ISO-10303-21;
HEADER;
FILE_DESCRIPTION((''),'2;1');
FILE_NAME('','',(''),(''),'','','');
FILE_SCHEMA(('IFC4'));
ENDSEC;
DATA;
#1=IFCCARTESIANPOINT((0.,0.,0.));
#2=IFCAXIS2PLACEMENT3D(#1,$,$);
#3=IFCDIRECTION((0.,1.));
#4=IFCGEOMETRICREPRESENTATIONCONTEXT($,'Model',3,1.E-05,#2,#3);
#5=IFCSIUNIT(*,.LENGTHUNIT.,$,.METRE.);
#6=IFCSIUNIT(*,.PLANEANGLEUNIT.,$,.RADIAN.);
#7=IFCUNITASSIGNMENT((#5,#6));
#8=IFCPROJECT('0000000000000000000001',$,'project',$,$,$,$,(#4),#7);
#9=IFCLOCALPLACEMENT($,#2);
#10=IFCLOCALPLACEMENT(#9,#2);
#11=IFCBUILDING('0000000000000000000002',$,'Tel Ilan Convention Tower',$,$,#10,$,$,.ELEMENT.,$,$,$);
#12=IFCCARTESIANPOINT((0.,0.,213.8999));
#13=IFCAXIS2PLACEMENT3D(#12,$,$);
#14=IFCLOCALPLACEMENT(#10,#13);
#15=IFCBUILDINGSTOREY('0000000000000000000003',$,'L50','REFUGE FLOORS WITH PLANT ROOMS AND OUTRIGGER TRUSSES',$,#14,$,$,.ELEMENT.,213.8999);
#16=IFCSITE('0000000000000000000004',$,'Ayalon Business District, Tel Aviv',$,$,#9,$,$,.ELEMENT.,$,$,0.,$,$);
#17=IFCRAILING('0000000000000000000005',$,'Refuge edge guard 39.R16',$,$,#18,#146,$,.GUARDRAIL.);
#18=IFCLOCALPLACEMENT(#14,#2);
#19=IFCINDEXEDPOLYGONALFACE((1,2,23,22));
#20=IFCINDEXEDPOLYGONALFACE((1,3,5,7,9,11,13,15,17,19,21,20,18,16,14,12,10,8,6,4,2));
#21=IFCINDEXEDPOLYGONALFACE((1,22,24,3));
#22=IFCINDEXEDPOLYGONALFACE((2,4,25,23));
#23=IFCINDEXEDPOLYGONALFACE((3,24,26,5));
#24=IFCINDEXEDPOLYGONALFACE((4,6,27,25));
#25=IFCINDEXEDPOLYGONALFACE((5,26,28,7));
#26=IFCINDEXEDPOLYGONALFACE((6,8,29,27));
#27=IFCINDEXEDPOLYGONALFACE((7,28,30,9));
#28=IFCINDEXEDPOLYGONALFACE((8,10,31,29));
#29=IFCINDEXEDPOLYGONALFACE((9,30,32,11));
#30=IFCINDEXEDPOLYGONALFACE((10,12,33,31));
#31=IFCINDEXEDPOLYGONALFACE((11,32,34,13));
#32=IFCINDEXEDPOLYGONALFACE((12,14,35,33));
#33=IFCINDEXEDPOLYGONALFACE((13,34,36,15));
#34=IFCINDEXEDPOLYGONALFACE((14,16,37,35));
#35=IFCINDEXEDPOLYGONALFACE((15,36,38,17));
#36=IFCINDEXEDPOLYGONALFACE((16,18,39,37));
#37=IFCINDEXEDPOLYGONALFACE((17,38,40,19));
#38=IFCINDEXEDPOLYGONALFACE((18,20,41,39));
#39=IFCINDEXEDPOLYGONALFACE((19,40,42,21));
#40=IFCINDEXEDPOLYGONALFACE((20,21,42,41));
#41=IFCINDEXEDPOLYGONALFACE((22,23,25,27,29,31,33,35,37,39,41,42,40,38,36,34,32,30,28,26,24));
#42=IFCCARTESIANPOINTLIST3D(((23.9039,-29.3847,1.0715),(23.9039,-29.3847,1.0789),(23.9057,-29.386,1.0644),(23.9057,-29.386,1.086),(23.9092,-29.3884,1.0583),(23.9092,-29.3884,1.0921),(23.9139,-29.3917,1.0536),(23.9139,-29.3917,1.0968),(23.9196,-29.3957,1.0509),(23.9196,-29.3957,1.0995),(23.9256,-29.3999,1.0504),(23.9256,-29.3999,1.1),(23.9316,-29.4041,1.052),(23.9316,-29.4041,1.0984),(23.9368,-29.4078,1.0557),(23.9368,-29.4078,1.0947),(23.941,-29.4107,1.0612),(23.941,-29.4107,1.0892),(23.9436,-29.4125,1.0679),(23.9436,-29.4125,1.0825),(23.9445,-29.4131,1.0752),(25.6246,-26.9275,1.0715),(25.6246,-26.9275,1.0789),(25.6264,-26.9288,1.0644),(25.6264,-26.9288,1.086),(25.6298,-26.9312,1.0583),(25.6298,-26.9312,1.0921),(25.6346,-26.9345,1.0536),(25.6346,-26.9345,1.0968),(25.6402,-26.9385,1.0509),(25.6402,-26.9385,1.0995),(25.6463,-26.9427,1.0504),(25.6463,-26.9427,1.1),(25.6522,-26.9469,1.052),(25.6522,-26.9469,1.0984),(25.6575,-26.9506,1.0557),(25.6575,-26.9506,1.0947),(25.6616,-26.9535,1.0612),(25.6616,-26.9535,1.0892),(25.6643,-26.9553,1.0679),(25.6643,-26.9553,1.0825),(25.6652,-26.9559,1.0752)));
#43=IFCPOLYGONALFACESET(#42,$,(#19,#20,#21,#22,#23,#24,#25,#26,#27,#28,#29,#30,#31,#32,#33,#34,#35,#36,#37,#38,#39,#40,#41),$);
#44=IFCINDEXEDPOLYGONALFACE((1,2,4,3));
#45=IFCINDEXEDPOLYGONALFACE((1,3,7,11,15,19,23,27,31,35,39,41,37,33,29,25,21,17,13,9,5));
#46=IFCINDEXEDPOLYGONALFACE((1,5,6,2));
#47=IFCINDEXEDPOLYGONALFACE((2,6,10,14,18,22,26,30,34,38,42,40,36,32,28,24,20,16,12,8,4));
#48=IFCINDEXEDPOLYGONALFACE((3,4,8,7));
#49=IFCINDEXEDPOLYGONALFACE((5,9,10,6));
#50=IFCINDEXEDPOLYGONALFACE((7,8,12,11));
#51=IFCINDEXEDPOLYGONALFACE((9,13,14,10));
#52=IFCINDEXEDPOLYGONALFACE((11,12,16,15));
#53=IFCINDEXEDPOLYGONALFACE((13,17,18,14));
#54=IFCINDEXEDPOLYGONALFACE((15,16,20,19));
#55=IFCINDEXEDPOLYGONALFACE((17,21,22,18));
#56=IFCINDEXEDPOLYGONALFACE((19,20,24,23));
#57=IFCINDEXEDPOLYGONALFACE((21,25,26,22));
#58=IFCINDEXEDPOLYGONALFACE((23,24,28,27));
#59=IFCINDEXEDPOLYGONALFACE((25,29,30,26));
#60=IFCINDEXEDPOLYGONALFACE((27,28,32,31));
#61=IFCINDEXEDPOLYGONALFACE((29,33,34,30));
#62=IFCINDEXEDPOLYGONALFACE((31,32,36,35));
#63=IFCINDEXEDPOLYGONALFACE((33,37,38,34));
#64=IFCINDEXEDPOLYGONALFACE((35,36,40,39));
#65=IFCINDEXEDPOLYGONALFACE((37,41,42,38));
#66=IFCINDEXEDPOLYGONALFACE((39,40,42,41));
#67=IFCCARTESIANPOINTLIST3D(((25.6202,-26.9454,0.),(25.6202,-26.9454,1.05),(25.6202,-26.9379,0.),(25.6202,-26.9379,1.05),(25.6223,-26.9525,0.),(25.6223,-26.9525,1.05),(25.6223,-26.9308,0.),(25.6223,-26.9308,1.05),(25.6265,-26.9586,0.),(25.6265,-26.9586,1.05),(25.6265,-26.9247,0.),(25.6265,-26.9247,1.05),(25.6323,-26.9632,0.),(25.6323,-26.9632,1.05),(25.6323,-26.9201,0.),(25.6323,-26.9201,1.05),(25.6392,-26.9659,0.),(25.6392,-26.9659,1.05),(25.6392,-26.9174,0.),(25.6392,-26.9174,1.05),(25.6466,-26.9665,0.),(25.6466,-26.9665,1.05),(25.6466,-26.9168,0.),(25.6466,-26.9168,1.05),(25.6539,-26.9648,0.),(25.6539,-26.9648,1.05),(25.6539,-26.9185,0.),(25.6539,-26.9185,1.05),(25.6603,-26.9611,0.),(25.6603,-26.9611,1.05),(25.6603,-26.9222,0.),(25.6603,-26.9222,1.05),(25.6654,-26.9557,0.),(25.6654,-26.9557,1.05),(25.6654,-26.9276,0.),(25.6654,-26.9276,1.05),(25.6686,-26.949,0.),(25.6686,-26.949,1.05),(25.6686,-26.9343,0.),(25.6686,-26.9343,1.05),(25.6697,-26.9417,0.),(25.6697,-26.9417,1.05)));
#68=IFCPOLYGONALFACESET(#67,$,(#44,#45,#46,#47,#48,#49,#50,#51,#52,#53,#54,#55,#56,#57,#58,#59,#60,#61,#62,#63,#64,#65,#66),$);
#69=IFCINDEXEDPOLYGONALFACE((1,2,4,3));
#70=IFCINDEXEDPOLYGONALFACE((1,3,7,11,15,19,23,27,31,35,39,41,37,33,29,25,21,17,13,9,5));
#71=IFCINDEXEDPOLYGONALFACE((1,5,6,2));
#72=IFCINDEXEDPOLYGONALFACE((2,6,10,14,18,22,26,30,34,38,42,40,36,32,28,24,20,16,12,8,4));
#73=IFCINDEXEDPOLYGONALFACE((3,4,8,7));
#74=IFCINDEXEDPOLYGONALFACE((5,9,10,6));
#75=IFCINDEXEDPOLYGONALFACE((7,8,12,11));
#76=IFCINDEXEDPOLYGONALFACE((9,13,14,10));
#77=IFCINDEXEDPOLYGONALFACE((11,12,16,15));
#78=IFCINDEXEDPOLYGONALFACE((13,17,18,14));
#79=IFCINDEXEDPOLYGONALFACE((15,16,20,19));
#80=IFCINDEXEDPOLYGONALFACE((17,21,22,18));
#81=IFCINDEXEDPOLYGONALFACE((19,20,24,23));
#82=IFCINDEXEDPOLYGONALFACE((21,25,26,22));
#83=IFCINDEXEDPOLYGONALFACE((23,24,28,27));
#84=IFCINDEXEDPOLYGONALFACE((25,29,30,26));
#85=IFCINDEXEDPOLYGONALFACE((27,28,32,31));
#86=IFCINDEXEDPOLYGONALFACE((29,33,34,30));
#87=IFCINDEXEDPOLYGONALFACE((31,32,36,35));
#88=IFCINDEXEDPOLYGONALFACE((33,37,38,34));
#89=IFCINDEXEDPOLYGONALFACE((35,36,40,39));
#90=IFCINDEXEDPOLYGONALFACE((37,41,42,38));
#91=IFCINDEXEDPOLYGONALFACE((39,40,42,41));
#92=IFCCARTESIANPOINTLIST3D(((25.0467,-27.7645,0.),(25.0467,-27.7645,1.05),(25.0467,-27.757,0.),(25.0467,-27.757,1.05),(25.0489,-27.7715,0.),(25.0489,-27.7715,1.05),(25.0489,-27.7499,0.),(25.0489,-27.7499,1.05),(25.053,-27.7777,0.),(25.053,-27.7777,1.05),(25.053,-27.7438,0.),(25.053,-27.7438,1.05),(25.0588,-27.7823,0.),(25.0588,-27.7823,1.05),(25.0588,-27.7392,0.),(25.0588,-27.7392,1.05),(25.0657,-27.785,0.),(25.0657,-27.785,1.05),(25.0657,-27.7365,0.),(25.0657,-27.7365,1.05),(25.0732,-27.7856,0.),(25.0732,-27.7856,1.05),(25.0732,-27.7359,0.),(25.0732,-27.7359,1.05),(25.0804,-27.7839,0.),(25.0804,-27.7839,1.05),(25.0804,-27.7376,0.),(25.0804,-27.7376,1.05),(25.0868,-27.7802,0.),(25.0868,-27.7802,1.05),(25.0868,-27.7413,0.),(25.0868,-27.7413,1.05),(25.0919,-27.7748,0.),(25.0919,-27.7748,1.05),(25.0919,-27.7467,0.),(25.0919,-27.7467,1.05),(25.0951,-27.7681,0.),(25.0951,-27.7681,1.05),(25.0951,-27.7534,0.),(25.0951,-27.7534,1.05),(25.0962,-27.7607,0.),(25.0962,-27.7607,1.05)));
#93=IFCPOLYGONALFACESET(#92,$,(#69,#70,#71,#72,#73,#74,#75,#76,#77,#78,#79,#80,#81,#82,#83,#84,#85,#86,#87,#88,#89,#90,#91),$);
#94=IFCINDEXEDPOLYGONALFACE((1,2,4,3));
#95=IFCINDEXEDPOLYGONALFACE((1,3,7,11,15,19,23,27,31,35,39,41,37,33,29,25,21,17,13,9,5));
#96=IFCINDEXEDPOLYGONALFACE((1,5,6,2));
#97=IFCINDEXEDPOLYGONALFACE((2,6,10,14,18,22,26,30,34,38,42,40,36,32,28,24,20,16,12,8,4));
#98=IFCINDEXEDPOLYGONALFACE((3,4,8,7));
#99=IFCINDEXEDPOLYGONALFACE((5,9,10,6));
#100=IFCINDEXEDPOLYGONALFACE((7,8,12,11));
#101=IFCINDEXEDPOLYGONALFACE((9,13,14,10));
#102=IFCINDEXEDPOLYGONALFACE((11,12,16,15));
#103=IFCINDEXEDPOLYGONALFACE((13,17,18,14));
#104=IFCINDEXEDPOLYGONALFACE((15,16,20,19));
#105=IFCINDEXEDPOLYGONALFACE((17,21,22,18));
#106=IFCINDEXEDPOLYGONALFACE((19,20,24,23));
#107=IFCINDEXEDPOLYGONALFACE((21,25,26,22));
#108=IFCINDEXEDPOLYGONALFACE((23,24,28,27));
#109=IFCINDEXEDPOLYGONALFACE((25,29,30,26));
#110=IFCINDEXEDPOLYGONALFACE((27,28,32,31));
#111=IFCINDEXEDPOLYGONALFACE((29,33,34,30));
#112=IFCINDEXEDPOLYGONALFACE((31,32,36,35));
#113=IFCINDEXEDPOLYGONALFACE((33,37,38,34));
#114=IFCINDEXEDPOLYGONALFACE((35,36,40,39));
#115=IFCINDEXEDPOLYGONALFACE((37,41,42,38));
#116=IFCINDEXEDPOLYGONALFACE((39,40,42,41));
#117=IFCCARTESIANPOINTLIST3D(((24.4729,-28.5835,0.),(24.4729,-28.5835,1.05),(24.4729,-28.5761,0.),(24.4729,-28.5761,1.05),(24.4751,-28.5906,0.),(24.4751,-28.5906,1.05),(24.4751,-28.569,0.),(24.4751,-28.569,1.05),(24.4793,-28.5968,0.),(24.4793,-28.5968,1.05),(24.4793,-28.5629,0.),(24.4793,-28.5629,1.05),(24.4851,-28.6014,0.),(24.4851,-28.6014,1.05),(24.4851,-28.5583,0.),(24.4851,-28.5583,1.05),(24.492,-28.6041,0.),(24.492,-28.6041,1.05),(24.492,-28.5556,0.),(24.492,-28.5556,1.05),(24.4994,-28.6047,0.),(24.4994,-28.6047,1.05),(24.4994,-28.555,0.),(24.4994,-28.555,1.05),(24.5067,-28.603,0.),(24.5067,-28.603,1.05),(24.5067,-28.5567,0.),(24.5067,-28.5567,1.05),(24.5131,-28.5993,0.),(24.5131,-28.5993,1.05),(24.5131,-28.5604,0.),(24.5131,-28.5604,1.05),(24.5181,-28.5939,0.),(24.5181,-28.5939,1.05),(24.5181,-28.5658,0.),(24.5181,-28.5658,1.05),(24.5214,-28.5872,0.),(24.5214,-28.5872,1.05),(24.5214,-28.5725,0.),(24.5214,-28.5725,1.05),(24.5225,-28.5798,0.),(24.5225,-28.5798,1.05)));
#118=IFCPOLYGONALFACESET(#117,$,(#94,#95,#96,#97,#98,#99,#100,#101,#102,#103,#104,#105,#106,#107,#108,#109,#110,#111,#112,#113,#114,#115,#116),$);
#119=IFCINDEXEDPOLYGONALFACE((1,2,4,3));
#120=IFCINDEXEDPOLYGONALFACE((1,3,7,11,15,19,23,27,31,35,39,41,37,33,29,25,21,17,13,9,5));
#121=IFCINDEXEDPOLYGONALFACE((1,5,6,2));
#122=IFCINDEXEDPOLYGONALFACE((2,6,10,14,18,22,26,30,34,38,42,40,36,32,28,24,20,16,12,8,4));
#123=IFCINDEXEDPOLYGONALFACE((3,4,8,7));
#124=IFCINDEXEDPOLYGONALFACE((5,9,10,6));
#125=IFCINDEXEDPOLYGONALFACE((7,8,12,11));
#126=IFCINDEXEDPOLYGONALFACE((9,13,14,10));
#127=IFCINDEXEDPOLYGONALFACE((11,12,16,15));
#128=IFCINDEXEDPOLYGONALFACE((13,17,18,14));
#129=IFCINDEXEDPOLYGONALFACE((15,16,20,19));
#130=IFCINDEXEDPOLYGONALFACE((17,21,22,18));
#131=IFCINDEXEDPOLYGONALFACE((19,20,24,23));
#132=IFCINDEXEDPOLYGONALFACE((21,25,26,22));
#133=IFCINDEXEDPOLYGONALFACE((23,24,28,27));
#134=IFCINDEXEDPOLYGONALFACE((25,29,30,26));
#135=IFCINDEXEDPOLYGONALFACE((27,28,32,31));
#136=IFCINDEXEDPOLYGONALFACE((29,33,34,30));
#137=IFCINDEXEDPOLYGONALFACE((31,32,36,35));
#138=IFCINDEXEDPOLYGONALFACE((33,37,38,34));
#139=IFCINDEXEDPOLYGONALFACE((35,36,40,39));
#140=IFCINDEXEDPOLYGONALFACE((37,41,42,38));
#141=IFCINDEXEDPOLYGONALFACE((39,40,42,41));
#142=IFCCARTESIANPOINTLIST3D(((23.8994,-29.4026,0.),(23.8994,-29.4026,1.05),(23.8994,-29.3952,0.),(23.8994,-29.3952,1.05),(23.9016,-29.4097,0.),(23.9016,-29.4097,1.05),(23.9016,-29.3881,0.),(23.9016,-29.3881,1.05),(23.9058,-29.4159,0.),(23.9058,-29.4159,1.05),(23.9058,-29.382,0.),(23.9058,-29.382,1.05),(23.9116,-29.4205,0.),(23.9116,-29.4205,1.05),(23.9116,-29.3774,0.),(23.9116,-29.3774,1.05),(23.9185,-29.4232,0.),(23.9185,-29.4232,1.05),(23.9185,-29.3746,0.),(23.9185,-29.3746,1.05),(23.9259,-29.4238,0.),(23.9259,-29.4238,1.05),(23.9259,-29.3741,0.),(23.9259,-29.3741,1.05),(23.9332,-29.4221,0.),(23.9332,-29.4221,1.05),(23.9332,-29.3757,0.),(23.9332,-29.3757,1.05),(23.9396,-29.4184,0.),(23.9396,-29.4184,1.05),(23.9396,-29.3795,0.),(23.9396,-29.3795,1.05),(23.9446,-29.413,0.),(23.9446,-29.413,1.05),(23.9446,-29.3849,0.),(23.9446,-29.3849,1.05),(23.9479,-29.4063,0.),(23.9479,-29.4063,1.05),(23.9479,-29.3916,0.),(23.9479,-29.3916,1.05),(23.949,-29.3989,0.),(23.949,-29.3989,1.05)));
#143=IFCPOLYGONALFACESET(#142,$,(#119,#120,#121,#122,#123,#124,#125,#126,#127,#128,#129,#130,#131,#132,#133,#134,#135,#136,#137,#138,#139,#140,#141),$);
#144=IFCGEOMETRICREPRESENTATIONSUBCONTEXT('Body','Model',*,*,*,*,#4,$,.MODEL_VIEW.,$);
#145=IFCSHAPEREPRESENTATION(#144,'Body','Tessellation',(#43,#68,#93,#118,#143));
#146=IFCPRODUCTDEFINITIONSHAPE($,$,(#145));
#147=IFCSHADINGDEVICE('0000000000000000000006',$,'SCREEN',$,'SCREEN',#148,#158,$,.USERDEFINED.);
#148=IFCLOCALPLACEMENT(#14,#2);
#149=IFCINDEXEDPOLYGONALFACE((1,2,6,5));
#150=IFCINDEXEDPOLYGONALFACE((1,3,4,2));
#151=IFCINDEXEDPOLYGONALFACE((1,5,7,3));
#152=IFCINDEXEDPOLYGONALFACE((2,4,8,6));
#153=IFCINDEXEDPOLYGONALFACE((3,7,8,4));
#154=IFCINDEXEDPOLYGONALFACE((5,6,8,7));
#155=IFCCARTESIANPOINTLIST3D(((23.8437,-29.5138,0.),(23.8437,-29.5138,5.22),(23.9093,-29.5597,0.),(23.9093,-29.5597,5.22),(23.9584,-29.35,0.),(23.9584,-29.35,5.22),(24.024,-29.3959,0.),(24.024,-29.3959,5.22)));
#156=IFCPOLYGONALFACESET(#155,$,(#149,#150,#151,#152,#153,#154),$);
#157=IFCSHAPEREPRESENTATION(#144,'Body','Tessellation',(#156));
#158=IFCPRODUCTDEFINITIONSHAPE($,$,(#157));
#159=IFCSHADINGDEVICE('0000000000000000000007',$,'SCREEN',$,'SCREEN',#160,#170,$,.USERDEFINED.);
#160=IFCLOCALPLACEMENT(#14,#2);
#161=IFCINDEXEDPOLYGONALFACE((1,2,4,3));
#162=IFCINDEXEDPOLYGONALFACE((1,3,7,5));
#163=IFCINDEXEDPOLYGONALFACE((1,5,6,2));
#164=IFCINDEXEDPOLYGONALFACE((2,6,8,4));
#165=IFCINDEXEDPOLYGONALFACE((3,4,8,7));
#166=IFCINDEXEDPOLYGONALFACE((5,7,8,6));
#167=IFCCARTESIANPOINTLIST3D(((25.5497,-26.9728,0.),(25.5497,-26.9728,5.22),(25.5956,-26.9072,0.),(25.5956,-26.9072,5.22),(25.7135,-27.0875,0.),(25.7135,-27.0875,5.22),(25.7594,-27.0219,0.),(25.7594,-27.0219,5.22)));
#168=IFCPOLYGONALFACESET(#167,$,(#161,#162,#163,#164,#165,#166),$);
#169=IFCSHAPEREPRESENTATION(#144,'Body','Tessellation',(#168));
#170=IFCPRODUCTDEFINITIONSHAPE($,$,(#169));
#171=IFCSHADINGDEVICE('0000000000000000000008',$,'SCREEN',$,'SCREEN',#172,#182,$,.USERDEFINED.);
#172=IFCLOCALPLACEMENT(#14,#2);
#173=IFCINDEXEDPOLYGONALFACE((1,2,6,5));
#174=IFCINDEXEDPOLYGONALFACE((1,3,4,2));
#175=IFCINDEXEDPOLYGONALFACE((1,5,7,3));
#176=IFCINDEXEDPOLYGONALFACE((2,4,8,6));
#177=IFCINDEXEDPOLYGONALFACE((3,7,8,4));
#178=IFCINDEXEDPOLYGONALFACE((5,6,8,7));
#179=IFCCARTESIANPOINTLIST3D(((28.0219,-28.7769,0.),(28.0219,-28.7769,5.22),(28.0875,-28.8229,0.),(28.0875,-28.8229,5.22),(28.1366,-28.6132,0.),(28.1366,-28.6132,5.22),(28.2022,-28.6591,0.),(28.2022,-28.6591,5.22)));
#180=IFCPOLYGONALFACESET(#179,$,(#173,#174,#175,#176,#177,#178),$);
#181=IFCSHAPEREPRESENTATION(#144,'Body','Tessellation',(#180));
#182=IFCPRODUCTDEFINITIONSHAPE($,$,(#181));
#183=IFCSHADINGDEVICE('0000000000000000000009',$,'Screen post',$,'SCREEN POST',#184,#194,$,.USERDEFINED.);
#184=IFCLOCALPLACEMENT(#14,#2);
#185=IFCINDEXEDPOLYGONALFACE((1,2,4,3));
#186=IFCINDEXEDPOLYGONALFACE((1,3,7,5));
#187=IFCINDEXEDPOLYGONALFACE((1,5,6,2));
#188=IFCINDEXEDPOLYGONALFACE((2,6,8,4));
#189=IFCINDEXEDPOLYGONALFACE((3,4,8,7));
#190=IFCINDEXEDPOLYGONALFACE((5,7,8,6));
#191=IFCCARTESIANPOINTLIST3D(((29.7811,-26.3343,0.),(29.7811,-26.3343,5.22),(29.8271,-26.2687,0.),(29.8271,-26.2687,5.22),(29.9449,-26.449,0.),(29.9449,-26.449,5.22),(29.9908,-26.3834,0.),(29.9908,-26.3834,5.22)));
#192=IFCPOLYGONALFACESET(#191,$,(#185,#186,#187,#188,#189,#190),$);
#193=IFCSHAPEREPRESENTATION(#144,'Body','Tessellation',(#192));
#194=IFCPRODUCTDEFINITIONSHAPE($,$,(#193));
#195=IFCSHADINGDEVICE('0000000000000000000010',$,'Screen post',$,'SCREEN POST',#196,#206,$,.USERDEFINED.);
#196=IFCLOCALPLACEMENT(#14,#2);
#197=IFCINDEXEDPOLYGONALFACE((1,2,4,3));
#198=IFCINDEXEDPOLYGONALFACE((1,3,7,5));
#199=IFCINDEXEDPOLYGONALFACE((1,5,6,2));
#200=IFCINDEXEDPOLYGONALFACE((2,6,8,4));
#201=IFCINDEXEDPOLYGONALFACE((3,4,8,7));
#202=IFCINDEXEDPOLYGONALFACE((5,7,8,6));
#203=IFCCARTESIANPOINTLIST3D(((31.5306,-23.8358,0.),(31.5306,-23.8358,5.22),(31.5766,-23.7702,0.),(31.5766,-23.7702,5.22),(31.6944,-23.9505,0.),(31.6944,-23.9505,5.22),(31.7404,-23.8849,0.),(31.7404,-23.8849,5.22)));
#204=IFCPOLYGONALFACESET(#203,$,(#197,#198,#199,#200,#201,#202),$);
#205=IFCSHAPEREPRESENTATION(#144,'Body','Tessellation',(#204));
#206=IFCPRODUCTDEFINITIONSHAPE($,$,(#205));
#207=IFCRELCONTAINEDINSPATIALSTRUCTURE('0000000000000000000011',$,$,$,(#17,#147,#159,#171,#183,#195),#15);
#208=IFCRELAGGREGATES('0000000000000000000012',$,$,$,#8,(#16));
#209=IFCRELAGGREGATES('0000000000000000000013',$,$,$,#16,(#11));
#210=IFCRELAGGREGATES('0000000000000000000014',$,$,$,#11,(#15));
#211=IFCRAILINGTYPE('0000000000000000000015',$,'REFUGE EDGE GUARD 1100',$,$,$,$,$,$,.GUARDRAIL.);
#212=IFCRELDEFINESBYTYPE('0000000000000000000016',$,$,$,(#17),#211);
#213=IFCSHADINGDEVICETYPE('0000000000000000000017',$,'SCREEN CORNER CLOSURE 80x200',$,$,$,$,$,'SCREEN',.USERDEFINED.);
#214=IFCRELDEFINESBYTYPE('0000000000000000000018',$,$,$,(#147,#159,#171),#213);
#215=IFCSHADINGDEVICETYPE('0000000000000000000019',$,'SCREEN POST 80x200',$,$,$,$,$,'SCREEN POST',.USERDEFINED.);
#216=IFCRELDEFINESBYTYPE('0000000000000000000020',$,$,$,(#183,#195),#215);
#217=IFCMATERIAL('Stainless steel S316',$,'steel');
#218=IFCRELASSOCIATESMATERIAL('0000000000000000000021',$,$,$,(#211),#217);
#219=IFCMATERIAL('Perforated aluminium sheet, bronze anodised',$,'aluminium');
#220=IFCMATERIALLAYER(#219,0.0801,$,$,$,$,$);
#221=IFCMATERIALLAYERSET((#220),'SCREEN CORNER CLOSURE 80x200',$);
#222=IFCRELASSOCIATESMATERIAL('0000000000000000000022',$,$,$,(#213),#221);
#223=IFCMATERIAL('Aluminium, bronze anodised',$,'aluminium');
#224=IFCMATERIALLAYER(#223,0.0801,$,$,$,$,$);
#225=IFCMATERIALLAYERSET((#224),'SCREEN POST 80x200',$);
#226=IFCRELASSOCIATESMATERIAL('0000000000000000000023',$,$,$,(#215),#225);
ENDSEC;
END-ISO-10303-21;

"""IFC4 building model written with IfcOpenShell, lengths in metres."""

from ifc_helpers import new_model, si_unit, direction, frame, origin, origin_2d, place, context, subcontext, project, spatial, rectangle, circle, extrude, material, layer, layer_set, type_object, element, save


model = new_model("IFC4")

# Units and contexts
model_context = context("Model", 3, precision=1e-05, world=origin(), true_north=direction((0.0, 1.0)))
body_context = subcontext(model_context, "Body", "Model", "MODEL_VIEW")
ifc_project = project(units=[si_unit("LENGTHUNIT", "METRE"), si_unit("PLANEANGLEUNIT", "RADIAN")], contexts=[model_context])

# Site, building, storey
site_placement = place(None, origin())
site = spatial("IfcSite", under=ifc_project, at=site_placement, Name="Ayalon Business District, Tel Aviv", CompositionType="ELEMENT", RefElevation=0.0)
building_placement = place(site_placement, origin())
building = spatial("IfcBuilding", under=site, at=building_placement, Name="Tel Ilan Convention Tower", CompositionType="ELEMENT")
storey_placement = place(building_placement, frame((0.0, 0.0, 213.8999)))
storey = spatial("IfcBuildingStorey", under=building, at=storey_placement, Name="L50", Description="REFUGE FLOORS WITH PLANT ROOMS AND OUTRIGGER TRUSSES", CompositionType="ELEMENT", Elevation=213.8999)

# Railing
ifc_material_1 = material(Name="Stainless steel S316", Category="steel")
railing_type = type_object("IfcRailingType", Name="REFUGE EDGE GUARD 1100", PredefinedType="GUARDRAIL", material=ifc_material_1)
railing_1_placement = place(storey_placement, frame((25.6448, -26.9417, 0.0)))
element("IfcRailing", 1, at=railing_1_placement, inside=storey, type_object=railing_type, Name="Refuge edge guard 39.R16", PredefinedType="GUARDRAIL", context=body_context, shape_type="SweptSolid", body=[
    extrude(circle(Radius=0.0249, at=origin_2d()), frame((0.0, 0.0, 1.0752), z_axis=(-0.573599, -0.819136, 0.0), x_axis=(0.819136, -0.573599, 0.0)), (0.0, 0.0, 1.0), 2.9998),
    extrude(circle(Radius=0.0249, at=origin_2d()), origin(), (0.0, 0.0, 1.0), 1.05),
    extrude(circle(Radius=0.0249, at=origin_2d()), frame((-0.5735, -0.8191, 0.0)), (0.0, 0.0, 1.0), 1.05),
    extrude(circle(Radius=0.0249, at=origin_2d()), frame((-1.1472, -1.6382, 0.0)), (0.0, 0.0, 1.0), 1.05),
    extrude(circle(Radius=0.0249, at=origin_2d()), frame((-1.7207, -2.4573, 0.0)), (0.0, 0.0, 1.0), 1.05),
])

# Shading devices
ifc_material_2 = material(Name="Perforated aluminium sheet, bronze anodised", Category="aluminium")
ifc_layer_1 = layer(ifc_material_2, 0.0801)
ifc_layer_set_1 = layer_set([ifc_layer_1], Name="SCREEN CORNER CLOSURE 80x200")
shading_device_type_1 = type_object("IfcShadingDeviceType", Name="SCREEN CORNER CLOSURE 80x200", ElementType="SCREEN", PredefinedType="USERDEFINED", material=ifc_layer_set_1)
for number, where, z_axis, x_axis, name in (
    (2, (23.9338, -29.4548, 0.0), (0.0, 0.0, 1.0), (0.819152, -0.573576, 0.0), "SCREEN"),
    (3, (25.6545, -26.9973, 0.0), (0.0, 0.0, 1.0), (0.573576, 0.819152, 0.0), "SCREEN"),
    (4, (28.1121, -28.718, 0.0), (0.0, 0.0, 1.0), (0.819152, -0.573576, 0.0), "SCREEN"),
):
    element("IfcShadingDevice", number, at=place(storey_placement, frame(where, z_axis=z_axis, x_axis=x_axis)), inside=storey, type_object=shading_device_type_1, Name=name, ObjectType="SCREEN", PredefinedType="USERDEFINED", context=body_context, shape_type="SweptSolid", body=[
        extrude(rectangle(XDim=0.0801, YDim=0.2, at=origin_2d()), origin(), (0.0, 0.0, 1.0), 5.22),
    ])
ifc_material_3 = material(Name="Aluminium, bronze anodised", Category="aluminium")
ifc_layer_2 = layer(ifc_material_3, 0.0801)
ifc_layer_set_2 = layer_set([ifc_layer_2], Name="SCREEN POST 80x200")
shading_device_type_2 = type_object("IfcShadingDeviceType", Name="SCREEN POST 80x200", ElementType="SCREEN POST", PredefinedType="USERDEFINED", material=ifc_layer_set_2)
for number, where, z_axis, x_axis, name in (
    (5, (29.886, -26.3589, 0.0), (0.0, 0.0, 1.0), (0.573576, 0.819152, 0.0), "Screen post"),
    (6, (31.6355, -23.8604, 0.0), (0.0, 0.0, 1.0), (0.573576, 0.819152, 0.0), "Screen post"),
):
    element("IfcShadingDevice", number, at=place(storey_placement, frame(where, z_axis=z_axis, x_axis=x_axis)), inside=storey, type_object=shading_device_type_2, Name=name, ObjectType="SCREEN POST", PredefinedType="USERDEFINED", context=body_context, shape_type="SweptSolid", body=[
        extrude(rectangle(XDim=0.0801, YDim=0.2, at=origin_2d()), origin(), (0.0, 0.0, 1.0), 5.22),
    ])

save(model, "model.ifc")
